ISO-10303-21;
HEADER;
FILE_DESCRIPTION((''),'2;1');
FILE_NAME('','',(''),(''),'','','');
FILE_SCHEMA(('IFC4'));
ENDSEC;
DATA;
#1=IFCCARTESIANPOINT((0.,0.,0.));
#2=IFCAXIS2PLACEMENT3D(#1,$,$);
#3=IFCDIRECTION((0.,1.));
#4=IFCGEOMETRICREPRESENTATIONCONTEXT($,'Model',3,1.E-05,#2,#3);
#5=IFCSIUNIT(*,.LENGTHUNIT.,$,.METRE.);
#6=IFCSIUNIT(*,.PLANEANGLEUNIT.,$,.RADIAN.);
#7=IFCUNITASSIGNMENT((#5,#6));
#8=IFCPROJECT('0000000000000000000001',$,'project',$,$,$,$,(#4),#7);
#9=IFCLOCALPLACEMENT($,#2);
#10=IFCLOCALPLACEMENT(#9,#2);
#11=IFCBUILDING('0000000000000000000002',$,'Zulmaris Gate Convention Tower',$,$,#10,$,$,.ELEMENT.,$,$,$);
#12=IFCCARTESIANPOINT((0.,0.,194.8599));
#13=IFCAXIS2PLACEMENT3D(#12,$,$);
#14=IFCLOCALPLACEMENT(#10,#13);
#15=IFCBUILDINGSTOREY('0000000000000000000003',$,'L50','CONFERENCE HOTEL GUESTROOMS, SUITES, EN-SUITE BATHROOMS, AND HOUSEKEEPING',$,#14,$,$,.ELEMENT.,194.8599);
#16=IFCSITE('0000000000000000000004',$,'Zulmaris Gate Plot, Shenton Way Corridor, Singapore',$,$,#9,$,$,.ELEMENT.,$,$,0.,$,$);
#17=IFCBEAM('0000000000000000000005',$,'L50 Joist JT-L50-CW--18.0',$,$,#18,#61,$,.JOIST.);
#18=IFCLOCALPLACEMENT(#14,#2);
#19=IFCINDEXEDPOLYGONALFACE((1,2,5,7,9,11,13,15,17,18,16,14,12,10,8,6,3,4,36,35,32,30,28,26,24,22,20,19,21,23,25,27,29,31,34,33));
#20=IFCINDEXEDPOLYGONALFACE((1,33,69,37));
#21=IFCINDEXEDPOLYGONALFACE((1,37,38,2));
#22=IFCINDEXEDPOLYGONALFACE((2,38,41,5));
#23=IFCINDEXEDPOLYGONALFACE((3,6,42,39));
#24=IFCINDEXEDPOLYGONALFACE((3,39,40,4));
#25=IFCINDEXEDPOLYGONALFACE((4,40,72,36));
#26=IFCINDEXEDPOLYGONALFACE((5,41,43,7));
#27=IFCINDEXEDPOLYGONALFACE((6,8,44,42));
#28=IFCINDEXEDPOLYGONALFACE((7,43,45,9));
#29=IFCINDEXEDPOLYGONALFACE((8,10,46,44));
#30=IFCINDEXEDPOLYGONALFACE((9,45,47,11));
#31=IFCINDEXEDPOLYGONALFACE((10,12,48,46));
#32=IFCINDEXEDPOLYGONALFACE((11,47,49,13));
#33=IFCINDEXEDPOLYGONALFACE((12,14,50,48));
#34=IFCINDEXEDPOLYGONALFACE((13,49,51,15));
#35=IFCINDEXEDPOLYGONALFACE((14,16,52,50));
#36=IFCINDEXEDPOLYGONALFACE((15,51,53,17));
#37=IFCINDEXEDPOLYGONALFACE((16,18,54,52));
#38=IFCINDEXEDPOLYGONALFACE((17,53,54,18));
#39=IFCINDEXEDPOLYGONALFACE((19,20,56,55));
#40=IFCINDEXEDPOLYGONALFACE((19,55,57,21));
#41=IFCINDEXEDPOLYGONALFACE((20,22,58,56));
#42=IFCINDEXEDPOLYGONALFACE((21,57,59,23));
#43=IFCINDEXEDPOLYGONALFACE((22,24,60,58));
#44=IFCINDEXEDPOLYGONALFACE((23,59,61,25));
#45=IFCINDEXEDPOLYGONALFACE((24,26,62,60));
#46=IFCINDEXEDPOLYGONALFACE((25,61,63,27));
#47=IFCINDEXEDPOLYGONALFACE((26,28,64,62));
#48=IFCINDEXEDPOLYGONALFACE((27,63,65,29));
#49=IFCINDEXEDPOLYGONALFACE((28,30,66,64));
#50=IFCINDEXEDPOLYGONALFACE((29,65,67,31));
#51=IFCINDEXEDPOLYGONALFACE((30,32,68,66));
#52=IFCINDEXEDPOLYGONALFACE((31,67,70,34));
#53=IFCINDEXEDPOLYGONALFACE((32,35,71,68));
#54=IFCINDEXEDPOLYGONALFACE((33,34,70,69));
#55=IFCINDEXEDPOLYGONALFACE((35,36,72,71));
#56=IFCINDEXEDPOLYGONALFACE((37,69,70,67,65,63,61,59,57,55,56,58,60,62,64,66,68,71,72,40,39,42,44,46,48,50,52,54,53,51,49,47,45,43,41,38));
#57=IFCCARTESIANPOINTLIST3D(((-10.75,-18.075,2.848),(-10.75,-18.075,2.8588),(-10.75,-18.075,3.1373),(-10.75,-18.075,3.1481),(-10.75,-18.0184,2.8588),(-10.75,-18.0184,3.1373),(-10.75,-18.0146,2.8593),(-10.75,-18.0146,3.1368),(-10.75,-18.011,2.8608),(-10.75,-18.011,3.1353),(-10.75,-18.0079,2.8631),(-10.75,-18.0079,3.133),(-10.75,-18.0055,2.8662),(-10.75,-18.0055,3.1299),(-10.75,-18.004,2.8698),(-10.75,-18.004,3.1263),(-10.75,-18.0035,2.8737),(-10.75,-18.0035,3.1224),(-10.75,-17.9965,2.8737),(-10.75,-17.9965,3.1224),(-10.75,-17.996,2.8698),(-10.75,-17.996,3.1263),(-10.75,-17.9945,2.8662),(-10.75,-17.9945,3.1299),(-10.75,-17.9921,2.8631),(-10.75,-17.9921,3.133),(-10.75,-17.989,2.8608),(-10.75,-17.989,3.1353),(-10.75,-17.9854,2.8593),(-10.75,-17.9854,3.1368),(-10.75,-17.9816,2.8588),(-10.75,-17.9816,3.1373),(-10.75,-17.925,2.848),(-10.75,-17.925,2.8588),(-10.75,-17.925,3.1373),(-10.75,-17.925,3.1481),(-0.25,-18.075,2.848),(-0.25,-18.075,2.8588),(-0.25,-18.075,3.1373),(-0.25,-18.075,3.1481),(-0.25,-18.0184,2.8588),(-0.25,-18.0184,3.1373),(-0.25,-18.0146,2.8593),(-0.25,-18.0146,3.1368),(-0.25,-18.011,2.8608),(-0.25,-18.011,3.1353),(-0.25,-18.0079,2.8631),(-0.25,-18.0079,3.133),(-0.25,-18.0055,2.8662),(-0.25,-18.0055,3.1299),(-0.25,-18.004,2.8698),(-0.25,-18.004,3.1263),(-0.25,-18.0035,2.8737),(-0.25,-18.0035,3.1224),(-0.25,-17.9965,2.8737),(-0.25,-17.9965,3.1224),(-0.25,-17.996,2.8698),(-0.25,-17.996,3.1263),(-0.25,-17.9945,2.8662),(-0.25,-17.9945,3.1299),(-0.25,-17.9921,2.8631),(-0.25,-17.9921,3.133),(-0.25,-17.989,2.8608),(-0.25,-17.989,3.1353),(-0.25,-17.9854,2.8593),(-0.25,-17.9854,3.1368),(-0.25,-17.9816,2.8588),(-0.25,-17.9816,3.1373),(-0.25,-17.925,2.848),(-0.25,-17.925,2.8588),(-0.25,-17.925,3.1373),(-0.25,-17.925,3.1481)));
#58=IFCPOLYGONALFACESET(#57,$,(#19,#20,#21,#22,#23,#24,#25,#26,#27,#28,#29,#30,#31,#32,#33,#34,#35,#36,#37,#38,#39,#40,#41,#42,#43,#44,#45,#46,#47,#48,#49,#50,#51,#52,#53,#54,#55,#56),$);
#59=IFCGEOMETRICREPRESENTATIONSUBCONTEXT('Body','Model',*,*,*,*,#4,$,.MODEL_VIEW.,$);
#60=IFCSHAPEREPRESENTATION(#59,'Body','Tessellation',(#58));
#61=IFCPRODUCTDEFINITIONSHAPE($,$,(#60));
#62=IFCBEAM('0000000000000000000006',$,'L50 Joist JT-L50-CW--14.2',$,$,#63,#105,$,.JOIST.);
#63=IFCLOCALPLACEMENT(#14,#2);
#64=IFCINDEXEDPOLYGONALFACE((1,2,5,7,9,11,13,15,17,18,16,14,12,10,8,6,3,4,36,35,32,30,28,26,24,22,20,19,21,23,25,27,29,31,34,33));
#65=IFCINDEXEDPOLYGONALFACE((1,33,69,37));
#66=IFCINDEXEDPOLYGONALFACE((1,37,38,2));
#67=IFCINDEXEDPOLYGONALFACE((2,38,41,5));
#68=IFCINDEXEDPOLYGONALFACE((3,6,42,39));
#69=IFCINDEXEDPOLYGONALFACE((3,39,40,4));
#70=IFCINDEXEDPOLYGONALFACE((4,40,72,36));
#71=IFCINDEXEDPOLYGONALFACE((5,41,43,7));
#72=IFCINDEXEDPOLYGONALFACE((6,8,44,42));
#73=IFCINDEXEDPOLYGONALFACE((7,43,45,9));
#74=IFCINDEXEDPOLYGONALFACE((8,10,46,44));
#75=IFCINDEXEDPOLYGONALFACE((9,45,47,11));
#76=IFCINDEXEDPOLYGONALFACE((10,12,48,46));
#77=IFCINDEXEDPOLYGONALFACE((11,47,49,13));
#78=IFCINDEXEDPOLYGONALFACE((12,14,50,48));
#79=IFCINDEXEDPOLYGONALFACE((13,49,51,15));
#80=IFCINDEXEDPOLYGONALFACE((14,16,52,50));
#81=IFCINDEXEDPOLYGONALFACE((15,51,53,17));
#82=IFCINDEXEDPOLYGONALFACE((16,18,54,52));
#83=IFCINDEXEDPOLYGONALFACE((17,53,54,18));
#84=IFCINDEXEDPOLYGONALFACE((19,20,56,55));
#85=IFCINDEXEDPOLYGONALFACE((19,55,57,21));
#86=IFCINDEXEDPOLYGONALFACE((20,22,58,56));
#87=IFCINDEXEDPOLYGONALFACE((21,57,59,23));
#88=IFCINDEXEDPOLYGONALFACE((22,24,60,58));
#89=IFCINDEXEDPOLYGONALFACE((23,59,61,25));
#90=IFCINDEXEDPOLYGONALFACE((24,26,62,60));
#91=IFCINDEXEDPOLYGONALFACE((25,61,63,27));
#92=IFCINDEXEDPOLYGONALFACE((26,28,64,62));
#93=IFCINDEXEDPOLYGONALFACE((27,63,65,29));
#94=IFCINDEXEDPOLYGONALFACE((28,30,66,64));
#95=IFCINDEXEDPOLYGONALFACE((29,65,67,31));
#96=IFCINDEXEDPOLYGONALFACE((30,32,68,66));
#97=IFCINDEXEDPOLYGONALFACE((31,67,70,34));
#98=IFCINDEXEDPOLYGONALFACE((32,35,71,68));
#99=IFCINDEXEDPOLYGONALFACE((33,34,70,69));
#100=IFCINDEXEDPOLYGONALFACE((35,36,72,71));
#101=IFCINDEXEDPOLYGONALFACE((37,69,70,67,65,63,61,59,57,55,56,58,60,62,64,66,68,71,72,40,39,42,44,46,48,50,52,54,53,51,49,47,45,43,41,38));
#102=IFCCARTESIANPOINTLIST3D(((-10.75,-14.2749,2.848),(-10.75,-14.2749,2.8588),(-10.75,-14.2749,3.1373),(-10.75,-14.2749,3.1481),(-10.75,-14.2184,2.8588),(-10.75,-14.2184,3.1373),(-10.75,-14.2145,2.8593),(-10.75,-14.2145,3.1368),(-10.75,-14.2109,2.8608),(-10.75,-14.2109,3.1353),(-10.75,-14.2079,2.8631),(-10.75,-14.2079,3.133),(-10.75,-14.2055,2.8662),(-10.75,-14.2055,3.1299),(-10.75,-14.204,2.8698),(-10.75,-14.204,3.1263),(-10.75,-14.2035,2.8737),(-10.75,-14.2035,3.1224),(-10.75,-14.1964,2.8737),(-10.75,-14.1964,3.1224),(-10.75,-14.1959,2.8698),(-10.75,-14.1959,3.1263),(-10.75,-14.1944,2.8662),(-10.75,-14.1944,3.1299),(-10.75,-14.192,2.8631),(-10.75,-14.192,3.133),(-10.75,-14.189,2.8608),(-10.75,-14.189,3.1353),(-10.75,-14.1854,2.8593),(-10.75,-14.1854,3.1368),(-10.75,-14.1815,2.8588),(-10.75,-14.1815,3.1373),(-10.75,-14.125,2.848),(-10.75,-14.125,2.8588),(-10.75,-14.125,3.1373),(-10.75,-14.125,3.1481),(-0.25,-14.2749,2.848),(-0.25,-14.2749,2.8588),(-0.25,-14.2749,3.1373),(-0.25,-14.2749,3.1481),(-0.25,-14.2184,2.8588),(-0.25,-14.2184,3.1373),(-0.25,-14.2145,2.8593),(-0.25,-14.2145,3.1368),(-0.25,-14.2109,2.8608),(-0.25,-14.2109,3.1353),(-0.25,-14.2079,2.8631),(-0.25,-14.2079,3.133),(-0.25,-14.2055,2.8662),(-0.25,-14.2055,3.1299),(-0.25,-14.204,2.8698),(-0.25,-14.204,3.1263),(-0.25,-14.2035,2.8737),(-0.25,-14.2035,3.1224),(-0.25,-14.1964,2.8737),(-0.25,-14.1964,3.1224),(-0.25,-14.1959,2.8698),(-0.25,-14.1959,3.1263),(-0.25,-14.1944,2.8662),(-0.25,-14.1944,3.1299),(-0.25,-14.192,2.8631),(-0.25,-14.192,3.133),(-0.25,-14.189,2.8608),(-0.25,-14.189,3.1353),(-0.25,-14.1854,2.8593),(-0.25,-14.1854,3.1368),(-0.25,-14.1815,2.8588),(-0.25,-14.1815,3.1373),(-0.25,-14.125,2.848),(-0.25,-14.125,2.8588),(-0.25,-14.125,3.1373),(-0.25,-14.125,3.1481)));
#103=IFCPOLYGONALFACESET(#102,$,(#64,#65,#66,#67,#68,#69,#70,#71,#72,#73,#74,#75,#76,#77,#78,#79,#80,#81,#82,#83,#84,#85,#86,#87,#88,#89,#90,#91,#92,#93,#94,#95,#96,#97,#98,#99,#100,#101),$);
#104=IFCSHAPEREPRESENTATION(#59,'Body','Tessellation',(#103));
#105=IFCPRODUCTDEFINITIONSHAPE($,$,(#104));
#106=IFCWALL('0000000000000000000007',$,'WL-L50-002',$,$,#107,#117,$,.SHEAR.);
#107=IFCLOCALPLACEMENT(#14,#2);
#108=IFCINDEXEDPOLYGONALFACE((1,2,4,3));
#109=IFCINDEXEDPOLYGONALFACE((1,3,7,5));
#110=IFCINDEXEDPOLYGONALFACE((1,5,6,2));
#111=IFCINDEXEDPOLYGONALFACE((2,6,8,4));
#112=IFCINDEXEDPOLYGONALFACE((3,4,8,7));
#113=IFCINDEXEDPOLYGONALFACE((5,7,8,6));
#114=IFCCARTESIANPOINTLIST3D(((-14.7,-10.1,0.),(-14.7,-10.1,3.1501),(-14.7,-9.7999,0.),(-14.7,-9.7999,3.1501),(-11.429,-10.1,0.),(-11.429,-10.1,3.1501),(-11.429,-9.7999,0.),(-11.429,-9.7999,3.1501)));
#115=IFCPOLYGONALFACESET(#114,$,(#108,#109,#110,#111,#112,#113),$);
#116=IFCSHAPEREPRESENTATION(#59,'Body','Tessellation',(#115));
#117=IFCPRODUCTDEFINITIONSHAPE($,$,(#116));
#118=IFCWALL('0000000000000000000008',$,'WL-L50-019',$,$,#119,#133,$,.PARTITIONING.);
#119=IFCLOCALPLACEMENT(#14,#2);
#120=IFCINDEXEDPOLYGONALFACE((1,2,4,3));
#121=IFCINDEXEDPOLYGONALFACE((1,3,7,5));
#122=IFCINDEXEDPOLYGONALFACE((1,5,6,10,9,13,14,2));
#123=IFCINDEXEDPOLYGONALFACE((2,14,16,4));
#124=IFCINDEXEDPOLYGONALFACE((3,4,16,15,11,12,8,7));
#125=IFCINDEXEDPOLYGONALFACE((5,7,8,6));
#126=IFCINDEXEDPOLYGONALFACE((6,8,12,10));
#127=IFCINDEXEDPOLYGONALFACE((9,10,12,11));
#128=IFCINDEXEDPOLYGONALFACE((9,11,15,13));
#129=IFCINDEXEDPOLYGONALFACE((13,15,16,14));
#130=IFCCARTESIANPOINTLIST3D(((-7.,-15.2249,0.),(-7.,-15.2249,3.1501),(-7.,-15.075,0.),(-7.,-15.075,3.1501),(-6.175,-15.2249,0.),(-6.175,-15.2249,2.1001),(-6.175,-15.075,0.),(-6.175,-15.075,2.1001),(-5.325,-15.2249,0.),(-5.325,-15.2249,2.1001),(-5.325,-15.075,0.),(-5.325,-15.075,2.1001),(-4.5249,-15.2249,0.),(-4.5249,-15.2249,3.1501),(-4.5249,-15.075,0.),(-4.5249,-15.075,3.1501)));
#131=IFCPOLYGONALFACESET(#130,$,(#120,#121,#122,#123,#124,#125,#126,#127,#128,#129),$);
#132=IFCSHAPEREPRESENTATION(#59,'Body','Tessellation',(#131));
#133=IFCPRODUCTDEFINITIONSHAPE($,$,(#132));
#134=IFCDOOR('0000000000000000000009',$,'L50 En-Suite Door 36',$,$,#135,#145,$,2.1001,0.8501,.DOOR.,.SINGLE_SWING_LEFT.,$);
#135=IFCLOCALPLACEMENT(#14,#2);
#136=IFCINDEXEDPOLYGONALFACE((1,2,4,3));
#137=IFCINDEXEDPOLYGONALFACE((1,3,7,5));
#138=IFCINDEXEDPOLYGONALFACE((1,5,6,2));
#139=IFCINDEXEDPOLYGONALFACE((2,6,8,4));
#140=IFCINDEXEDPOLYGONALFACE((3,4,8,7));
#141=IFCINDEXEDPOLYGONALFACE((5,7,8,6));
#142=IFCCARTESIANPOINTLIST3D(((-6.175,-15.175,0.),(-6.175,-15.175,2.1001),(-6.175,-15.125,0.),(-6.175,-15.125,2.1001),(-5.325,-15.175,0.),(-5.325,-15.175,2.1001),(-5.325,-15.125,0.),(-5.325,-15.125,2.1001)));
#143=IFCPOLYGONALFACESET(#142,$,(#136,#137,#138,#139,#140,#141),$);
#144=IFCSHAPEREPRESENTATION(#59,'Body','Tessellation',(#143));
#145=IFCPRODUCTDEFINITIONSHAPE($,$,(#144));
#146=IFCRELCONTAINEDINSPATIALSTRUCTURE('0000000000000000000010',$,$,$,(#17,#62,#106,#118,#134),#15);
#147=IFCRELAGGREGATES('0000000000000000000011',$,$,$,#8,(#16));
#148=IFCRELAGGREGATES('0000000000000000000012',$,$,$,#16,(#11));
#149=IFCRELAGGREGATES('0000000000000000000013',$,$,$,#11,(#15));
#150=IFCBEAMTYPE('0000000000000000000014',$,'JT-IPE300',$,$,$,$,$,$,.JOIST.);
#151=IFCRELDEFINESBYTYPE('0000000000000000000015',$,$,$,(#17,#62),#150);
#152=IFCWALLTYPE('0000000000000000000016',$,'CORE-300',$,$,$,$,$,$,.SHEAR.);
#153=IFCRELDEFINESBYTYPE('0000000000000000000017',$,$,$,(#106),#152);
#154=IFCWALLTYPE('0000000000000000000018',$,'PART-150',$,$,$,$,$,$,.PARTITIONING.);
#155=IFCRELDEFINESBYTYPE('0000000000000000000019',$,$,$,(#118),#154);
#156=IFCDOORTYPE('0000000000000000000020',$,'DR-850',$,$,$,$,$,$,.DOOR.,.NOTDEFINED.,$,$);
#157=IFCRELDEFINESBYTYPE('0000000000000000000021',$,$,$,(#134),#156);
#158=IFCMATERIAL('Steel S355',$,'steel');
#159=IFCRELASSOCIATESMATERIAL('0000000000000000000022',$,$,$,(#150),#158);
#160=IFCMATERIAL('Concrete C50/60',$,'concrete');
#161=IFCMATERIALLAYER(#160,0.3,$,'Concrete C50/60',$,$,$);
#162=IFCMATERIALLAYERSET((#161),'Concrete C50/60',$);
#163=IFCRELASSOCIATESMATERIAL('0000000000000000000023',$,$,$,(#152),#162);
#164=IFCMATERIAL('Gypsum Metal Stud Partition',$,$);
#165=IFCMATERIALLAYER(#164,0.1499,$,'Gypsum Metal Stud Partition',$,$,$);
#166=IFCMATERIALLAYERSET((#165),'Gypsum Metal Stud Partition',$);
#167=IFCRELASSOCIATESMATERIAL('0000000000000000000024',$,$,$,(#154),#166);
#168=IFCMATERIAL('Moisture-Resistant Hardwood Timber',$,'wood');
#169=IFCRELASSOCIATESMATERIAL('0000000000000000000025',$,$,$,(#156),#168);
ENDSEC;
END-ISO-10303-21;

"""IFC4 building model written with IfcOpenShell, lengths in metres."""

from ifc_helpers import new_model, si_unit, direction, frame, frame_2d, origin, origin_2d, place, context, subcontext, project, spatial, rectangle, i_section, extrude, material, layer, layer_set, material_profile, profile_set, type_object, element, fill, save


model = new_model("IFC4")

# Units and contexts
model_context = context("Model", 3, precision=1e-05, world=origin(), true_north=direction((0.0, 1.0)))
body_context = subcontext(model_context, "Body", "Model", "MODEL_VIEW")
ifc_project = project(units=[si_unit("LENGTHUNIT", "METRE"), si_unit("PLANEANGLEUNIT", "RADIAN")], contexts=[model_context])

# Site, building, storey
site_placement = place(None, origin())
site = spatial("IfcSite", under=ifc_project, at=site_placement, Name="Zulmaris Gate Plot, Shenton Way Corridor, Singapore", CompositionType="ELEMENT", RefElevation=0.0)
building_placement = place(site_placement, origin())
building = spatial("IfcBuilding", under=site, at=building_placement, Name="Zulmaris Gate Convention Tower", CompositionType="ELEMENT")
storey_placement = place(building_placement, frame((0.0, 0.0, 194.8599)))
storey = spatial("IfcBuildingStorey", under=building, at=storey_placement, Name="L50", Description="CONFERENCE HOTEL GUESTROOMS, SUITES, EN-SUITE BATHROOMS, AND HOUSEKEEPING", CompositionType="ELEMENT", Elevation=194.8599)

# Beams
ifc_material_1 = material(Name="Steel S355", Category="steel")
ifc_material_2 = material(Name="Concrete C50/60", Category="concrete")
ifc_material_profile_1 = material_profile(ifc_material_1, i_section(OverallWidth=0.1499, OverallDepth=0.3, WebThickness=0.0071, FlangeThickness=0.0107, FilletRadius=0.0149, at=origin_2d()), Name="IPE 300")
ifc_profile_set_1 = profile_set([ifc_material_profile_1], Name="Steel S355")
beam_type_1 = type_object("IfcBeamType", Name="JT-IPE300", PredefinedType="JOIST", material=ifc_profile_set_1)
for number, where, z_axis, x_axis, name in (
    (1, (-10.75, -18.0, 2.998), (1.0, 0.0, 0.0), (0.0, 1.0, 0.0), "L50 Joist JT-L50-CW--18.0"),
    (2, (-10.75, -14.2, 2.998), (1.0, 0.0, 0.0), (0.0, 1.0, 0.0), "L50 Joist JT-L50-CW--14.2"),
):
    element("IfcBeam", number, at=place(storey_placement, frame(where, z_axis=z_axis, x_axis=x_axis)), inside=storey, type_object=beam_type_1, Name=name, PredefinedType="JOIST", context=body_context, shape_type="SweptSolid", body=[
        extrude(i_section(OverallWidth=0.1499, OverallDepth=0.3, WebThickness=0.0071, FlangeThickness=0.0107, FilletRadius=0.0149, at=origin_2d()), origin(), (0.0, 0.0, 1.0), 10.5),
    ])

# Wall
ifc_layer_1 = layer(ifc_material_2, 0.3, Name="Concrete C50/60")
ifc_layer_set_1 = layer_set([ifc_layer_1], Name="Concrete C50/60")
wall_type_1 = type_object("IfcWallType", Name="CORE-300", PredefinedType="SHEAR", material=ifc_layer_set_1)
wall_1_placement = place(storey_placement, frame((-14.7, -9.95, 0.0), z_axis=(0.0, 0.0, 1.0), x_axis=(1.0, 0.0, 0.0)))
element("IfcWall", 3, at=wall_1_placement, inside=storey, type_object=wall_type_1, Name="WL-L50-002", PredefinedType="SHEAR", context=body_context, shape_type="SweptSolid", body=[
    extrude(rectangle(XDim=3.271, YDim=0.3, at=frame_2d((1.6355, 0.0))), origin(), (0.0, 0.0, 1.0), 3.1501),
])

# Wall, opening, door
ifc_material_3 = material(Name="Gypsum Metal Stud Partition")
ifc_layer_2 = layer(ifc_material_3, 0.1499, Name="Gypsum Metal Stud Partition")
ifc_layer_set_2 = layer_set([ifc_layer_2], Name="Gypsum Metal Stud Partition")
wall_type_2 = type_object("IfcWallType", Name="PART-150", PredefinedType="PARTITIONING", material=ifc_layer_set_2)
wall_2_placement = place(storey_placement, frame((-7.0, -15.1499, 0.0), z_axis=(0.0, 0.0, 1.0), x_axis=(1.0, 0.0, 0.0)))
wall_2 = element("IfcWall", 4, at=wall_2_placement, inside=storey, type_object=wall_type_2, Name="WL-L50-019", PredefinedType="PARTITIONING", context=body_context, shape_type="SweptSolid", body=[
    extrude(rectangle(XDim=2.4751, YDim=0.1499, at=frame_2d((1.2375, 0.0))), origin(), (0.0, 0.0, 1.0), 3.1501),
])
opening_1_placement = place(wall_2_placement, frame((0.825, 0.0, 0.0)))
opening_1 = element("IfcOpeningElement", 5, at=opening_1_placement, cuts=wall_2, PredefinedType="OPENING", context=body_context, shape_type="SweptSolid", body=[
    extrude(rectangle(XDim=0.8501, YDim=2.1001, at=frame_2d((0.425, 1.05))), frame((0.0, 0.085, 0.0), z_axis=(0.0, -1.0, 0.0), x_axis=(1.0, 0.0, 0.0)), (0.0, 0.0, 1.0), 0.1699),
])
ifc_material_4 = material(Name="Moisture-Resistant Hardwood Timber", Category="wood")
door_type_1 = type_object("IfcDoorType", Name="DR-850", OperationType="NOTDEFINED", PredefinedType="DOOR", material=ifc_material_4)
door_1_placement = place(opening_1_placement, origin())
door_1 = element("IfcDoor", 6, at=door_1_placement, inside=storey, type_object=door_type_1, Name="L50 En-Suite Door 36", OperationType="SINGLE_SWING_LEFT", OverallHeight=2.1001, OverallWidth=0.8501, PredefinedType="DOOR", context=body_context, shape_type="SweptSolid", body=[
    extrude(rectangle(XDim=0.8501, YDim=2.1001, at=frame_2d((0.425, 1.05))), frame((0.0, 0.0249, 0.0), z_axis=(0.0, -1.0, 0.0), x_axis=(1.0, 0.0, 0.0)), (0.0, 0.0, 1.0), 0.05),
])
fill(opening_1, door_1)

save(model, "model.ifc")
